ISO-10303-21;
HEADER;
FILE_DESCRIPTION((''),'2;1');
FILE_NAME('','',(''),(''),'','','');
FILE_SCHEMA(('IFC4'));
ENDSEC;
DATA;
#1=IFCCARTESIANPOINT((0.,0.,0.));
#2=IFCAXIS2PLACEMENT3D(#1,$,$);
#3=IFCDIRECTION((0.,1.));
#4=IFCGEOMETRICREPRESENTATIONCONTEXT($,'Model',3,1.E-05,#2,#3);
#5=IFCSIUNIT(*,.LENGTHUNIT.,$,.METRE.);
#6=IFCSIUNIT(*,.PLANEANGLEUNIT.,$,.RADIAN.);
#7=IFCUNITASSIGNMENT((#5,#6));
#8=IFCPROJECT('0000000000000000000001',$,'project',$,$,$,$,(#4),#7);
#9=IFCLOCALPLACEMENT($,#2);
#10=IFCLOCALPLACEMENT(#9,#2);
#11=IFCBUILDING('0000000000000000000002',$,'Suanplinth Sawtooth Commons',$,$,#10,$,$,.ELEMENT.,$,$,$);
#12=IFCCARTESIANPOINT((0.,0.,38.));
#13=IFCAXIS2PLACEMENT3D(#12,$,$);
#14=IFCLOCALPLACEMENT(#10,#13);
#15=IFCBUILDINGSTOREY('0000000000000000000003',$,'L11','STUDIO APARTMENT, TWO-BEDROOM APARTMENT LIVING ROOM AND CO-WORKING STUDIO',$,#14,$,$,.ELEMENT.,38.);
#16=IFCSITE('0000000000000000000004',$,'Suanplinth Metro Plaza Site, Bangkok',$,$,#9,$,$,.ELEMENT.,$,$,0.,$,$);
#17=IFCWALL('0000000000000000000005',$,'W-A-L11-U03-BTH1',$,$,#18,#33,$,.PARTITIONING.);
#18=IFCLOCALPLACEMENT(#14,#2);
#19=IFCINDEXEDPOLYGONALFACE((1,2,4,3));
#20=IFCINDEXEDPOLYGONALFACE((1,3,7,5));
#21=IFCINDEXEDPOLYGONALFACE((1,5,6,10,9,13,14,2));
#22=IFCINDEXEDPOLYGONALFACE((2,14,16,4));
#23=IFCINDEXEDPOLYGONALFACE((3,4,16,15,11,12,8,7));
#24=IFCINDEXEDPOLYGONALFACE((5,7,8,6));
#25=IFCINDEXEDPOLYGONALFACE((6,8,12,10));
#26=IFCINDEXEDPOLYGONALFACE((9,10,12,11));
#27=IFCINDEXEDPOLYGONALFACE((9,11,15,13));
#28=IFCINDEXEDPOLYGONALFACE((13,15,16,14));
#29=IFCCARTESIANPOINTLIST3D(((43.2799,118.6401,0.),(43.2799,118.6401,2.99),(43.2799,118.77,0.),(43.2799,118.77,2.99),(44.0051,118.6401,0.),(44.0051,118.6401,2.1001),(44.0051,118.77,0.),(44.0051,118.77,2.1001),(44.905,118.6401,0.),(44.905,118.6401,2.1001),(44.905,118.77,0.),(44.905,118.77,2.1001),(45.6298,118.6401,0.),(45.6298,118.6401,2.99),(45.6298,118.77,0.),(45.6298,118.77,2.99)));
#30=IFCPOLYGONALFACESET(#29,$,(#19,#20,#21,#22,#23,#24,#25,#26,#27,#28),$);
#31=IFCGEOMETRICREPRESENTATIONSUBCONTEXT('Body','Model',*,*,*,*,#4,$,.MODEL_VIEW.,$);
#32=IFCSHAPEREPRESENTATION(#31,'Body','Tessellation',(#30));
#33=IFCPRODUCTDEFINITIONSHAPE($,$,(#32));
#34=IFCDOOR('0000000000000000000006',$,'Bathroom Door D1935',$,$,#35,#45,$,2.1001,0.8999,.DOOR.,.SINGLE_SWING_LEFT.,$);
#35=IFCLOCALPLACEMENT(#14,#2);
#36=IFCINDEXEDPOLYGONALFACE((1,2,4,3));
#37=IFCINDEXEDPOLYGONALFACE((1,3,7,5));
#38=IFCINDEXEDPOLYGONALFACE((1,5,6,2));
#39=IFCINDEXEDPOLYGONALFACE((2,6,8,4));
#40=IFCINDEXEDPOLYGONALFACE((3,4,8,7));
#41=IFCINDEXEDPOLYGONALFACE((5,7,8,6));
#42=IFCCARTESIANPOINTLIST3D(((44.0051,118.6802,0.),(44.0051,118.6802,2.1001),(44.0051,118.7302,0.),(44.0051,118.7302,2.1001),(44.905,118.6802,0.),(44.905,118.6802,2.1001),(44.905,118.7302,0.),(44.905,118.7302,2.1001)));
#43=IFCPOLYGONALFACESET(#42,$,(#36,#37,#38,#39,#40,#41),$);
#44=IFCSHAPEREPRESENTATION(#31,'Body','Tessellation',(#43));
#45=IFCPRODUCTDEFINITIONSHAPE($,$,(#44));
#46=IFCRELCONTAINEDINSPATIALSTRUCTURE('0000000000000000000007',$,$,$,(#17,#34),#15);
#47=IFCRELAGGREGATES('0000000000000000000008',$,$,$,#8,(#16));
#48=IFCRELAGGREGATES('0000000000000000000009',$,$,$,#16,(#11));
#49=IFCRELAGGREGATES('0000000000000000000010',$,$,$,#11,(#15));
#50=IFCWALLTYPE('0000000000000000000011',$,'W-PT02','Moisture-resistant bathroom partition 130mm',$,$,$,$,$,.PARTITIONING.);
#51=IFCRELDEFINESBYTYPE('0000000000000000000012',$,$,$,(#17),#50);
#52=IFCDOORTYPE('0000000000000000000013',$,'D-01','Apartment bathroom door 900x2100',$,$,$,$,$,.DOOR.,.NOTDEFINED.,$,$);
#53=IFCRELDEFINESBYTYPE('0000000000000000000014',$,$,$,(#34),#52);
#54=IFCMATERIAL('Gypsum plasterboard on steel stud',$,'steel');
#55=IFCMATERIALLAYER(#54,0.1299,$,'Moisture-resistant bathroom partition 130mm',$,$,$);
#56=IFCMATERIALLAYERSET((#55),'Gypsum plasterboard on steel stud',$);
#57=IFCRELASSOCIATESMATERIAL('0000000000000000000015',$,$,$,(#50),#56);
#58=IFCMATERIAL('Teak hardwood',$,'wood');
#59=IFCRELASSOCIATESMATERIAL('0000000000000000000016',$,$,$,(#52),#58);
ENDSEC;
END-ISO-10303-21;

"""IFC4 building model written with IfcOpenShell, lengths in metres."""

from ifc_helpers import new_model, si_unit, direction, frame, frame_2d, origin, place, context, subcontext, project, spatial, rectangle, extrude, material, layer, layer_set, type_object, element, fill, save


model = new_model("IFC4")

# Units and contexts
model_context = context("Model", 3, precision=1e-05, world=origin(), true_north=direction((0.0, 1.0)))
body_context = subcontext(model_context, "Body", "Model", "MODEL_VIEW")
ifc_project = project(units=[si_unit("LENGTHUNIT", "METRE"), si_unit("PLANEANGLEUNIT", "RADIAN")], contexts=[model_context])

# Site, building, storey
site_placement = place(None, origin())
site = spatial("IfcSite", under=ifc_project, at=site_placement, Name="Suanplinth Metro Plaza Site, Bangkok", CompositionType="ELEMENT", RefElevation=0.0)
building_placement = place(site_placement, origin())
building = spatial("IfcBuilding", under=site, at=building_placement, Name="Suanplinth Sawtooth Commons", CompositionType="ELEMENT")
storey_placement = place(building_placement, frame((0.0, 0.0, 38.0)))
storey = spatial("IfcBuildingStorey", under=building, at=storey_placement, Name="L11", Description="STUDIO APARTMENT, TWO-BEDROOM APARTMENT LIVING ROOM AND CO-WORKING STUDIO", CompositionType="ELEMENT", Elevation=38.0)

# Shared definitions
ifc_material_1 = material(Name="Gypsum plasterboard on steel stud", Category="steel")

# Wall, opening, door
ifc_layer_1 = layer(ifc_material_1, 0.1299, Name="Moisture-resistant bathroom partition 130mm")
ifc_layer_set_1 = layer_set([ifc_layer_1], Name="Gypsum plasterboard on steel stud")
wall_type_1 = type_object("IfcWallType", Name="W-PT02", Description="Moisture-resistant bathroom partition 130mm", PredefinedType="PARTITIONING", material=ifc_layer_set_1)
wall_1_placement = place(storey_placement, frame((43.28, 118.7051, 0.0), z_axis=(0.0, 0.0, 1.0), x_axis=(1.0, 0.0, 0.0)))
wall_1 = element("IfcWall", 1, at=wall_1_placement, inside=storey, type_object=wall_type_1, Name="W-A-L11-U03-BTH1", PredefinedType="PARTITIONING", context=body_context, shape_type="SweptSolid", body=[
    extrude(rectangle(XDim=2.3499, YDim=0.1299, at=frame_2d((1.1748, 0.0))), origin(), (0.0, 0.0, 1.0), 2.99),
])
opening_1_placement = place(wall_1_placement, frame((0.7251, 0.0, 0.0)))
opening_1 = element("IfcOpeningElement", 2, at=opening_1_placement, cuts=wall_1, PredefinedType="OPENING", context=body_context, shape_type="SweptSolid", body=[
    extrude(rectangle(XDim=0.8999, YDim=2.1001, at=frame_2d((0.45, 1.05))), frame((0.0, 0.0798, 0.0), z_axis=(0.0, -1.0, 0.0), x_axis=(1.0, 0.0, 0.0)), (0.0, 0.0, 1.0), 0.1597),
])
ifc_material_2 = material(Name="Teak hardwood", Category="wood")
door_type_1 = type_object("IfcDoorType", Name="D-01", Description="Apartment bathroom door 900x2100", OperationType="NOTDEFINED", PredefinedType="DOOR", material=ifc_material_2)
door_1_placement = place(opening_1_placement, frame((0.8999, 0.0, 0.0), z_axis=(0.0, 0.0, 1.0), x_axis=(-1.0, 0.0, 0.0)))
door_1 = element("IfcDoor", 3, at=door_1_placement, inside=storey, type_object=door_type_1, Name="Bathroom Door D1935", OperationType="SINGLE_SWING_LEFT", OverallHeight=2.1001, OverallWidth=0.8999, PredefinedType="DOOR", context=body_context, shape_type="SweptSolid", body=[
    extrude(rectangle(XDim=0.8999, YDim=2.1001, at=frame_2d((0.45, 1.05))), frame((0.0, 0.0249, 0.0), z_axis=(0.0, -1.0, 0.0), x_axis=(1.0, 0.0, 0.0)), (0.0, 0.0, 1.0), 0.05),
])
fill(opening_1, door_1)

save(model, "model.ifc")
